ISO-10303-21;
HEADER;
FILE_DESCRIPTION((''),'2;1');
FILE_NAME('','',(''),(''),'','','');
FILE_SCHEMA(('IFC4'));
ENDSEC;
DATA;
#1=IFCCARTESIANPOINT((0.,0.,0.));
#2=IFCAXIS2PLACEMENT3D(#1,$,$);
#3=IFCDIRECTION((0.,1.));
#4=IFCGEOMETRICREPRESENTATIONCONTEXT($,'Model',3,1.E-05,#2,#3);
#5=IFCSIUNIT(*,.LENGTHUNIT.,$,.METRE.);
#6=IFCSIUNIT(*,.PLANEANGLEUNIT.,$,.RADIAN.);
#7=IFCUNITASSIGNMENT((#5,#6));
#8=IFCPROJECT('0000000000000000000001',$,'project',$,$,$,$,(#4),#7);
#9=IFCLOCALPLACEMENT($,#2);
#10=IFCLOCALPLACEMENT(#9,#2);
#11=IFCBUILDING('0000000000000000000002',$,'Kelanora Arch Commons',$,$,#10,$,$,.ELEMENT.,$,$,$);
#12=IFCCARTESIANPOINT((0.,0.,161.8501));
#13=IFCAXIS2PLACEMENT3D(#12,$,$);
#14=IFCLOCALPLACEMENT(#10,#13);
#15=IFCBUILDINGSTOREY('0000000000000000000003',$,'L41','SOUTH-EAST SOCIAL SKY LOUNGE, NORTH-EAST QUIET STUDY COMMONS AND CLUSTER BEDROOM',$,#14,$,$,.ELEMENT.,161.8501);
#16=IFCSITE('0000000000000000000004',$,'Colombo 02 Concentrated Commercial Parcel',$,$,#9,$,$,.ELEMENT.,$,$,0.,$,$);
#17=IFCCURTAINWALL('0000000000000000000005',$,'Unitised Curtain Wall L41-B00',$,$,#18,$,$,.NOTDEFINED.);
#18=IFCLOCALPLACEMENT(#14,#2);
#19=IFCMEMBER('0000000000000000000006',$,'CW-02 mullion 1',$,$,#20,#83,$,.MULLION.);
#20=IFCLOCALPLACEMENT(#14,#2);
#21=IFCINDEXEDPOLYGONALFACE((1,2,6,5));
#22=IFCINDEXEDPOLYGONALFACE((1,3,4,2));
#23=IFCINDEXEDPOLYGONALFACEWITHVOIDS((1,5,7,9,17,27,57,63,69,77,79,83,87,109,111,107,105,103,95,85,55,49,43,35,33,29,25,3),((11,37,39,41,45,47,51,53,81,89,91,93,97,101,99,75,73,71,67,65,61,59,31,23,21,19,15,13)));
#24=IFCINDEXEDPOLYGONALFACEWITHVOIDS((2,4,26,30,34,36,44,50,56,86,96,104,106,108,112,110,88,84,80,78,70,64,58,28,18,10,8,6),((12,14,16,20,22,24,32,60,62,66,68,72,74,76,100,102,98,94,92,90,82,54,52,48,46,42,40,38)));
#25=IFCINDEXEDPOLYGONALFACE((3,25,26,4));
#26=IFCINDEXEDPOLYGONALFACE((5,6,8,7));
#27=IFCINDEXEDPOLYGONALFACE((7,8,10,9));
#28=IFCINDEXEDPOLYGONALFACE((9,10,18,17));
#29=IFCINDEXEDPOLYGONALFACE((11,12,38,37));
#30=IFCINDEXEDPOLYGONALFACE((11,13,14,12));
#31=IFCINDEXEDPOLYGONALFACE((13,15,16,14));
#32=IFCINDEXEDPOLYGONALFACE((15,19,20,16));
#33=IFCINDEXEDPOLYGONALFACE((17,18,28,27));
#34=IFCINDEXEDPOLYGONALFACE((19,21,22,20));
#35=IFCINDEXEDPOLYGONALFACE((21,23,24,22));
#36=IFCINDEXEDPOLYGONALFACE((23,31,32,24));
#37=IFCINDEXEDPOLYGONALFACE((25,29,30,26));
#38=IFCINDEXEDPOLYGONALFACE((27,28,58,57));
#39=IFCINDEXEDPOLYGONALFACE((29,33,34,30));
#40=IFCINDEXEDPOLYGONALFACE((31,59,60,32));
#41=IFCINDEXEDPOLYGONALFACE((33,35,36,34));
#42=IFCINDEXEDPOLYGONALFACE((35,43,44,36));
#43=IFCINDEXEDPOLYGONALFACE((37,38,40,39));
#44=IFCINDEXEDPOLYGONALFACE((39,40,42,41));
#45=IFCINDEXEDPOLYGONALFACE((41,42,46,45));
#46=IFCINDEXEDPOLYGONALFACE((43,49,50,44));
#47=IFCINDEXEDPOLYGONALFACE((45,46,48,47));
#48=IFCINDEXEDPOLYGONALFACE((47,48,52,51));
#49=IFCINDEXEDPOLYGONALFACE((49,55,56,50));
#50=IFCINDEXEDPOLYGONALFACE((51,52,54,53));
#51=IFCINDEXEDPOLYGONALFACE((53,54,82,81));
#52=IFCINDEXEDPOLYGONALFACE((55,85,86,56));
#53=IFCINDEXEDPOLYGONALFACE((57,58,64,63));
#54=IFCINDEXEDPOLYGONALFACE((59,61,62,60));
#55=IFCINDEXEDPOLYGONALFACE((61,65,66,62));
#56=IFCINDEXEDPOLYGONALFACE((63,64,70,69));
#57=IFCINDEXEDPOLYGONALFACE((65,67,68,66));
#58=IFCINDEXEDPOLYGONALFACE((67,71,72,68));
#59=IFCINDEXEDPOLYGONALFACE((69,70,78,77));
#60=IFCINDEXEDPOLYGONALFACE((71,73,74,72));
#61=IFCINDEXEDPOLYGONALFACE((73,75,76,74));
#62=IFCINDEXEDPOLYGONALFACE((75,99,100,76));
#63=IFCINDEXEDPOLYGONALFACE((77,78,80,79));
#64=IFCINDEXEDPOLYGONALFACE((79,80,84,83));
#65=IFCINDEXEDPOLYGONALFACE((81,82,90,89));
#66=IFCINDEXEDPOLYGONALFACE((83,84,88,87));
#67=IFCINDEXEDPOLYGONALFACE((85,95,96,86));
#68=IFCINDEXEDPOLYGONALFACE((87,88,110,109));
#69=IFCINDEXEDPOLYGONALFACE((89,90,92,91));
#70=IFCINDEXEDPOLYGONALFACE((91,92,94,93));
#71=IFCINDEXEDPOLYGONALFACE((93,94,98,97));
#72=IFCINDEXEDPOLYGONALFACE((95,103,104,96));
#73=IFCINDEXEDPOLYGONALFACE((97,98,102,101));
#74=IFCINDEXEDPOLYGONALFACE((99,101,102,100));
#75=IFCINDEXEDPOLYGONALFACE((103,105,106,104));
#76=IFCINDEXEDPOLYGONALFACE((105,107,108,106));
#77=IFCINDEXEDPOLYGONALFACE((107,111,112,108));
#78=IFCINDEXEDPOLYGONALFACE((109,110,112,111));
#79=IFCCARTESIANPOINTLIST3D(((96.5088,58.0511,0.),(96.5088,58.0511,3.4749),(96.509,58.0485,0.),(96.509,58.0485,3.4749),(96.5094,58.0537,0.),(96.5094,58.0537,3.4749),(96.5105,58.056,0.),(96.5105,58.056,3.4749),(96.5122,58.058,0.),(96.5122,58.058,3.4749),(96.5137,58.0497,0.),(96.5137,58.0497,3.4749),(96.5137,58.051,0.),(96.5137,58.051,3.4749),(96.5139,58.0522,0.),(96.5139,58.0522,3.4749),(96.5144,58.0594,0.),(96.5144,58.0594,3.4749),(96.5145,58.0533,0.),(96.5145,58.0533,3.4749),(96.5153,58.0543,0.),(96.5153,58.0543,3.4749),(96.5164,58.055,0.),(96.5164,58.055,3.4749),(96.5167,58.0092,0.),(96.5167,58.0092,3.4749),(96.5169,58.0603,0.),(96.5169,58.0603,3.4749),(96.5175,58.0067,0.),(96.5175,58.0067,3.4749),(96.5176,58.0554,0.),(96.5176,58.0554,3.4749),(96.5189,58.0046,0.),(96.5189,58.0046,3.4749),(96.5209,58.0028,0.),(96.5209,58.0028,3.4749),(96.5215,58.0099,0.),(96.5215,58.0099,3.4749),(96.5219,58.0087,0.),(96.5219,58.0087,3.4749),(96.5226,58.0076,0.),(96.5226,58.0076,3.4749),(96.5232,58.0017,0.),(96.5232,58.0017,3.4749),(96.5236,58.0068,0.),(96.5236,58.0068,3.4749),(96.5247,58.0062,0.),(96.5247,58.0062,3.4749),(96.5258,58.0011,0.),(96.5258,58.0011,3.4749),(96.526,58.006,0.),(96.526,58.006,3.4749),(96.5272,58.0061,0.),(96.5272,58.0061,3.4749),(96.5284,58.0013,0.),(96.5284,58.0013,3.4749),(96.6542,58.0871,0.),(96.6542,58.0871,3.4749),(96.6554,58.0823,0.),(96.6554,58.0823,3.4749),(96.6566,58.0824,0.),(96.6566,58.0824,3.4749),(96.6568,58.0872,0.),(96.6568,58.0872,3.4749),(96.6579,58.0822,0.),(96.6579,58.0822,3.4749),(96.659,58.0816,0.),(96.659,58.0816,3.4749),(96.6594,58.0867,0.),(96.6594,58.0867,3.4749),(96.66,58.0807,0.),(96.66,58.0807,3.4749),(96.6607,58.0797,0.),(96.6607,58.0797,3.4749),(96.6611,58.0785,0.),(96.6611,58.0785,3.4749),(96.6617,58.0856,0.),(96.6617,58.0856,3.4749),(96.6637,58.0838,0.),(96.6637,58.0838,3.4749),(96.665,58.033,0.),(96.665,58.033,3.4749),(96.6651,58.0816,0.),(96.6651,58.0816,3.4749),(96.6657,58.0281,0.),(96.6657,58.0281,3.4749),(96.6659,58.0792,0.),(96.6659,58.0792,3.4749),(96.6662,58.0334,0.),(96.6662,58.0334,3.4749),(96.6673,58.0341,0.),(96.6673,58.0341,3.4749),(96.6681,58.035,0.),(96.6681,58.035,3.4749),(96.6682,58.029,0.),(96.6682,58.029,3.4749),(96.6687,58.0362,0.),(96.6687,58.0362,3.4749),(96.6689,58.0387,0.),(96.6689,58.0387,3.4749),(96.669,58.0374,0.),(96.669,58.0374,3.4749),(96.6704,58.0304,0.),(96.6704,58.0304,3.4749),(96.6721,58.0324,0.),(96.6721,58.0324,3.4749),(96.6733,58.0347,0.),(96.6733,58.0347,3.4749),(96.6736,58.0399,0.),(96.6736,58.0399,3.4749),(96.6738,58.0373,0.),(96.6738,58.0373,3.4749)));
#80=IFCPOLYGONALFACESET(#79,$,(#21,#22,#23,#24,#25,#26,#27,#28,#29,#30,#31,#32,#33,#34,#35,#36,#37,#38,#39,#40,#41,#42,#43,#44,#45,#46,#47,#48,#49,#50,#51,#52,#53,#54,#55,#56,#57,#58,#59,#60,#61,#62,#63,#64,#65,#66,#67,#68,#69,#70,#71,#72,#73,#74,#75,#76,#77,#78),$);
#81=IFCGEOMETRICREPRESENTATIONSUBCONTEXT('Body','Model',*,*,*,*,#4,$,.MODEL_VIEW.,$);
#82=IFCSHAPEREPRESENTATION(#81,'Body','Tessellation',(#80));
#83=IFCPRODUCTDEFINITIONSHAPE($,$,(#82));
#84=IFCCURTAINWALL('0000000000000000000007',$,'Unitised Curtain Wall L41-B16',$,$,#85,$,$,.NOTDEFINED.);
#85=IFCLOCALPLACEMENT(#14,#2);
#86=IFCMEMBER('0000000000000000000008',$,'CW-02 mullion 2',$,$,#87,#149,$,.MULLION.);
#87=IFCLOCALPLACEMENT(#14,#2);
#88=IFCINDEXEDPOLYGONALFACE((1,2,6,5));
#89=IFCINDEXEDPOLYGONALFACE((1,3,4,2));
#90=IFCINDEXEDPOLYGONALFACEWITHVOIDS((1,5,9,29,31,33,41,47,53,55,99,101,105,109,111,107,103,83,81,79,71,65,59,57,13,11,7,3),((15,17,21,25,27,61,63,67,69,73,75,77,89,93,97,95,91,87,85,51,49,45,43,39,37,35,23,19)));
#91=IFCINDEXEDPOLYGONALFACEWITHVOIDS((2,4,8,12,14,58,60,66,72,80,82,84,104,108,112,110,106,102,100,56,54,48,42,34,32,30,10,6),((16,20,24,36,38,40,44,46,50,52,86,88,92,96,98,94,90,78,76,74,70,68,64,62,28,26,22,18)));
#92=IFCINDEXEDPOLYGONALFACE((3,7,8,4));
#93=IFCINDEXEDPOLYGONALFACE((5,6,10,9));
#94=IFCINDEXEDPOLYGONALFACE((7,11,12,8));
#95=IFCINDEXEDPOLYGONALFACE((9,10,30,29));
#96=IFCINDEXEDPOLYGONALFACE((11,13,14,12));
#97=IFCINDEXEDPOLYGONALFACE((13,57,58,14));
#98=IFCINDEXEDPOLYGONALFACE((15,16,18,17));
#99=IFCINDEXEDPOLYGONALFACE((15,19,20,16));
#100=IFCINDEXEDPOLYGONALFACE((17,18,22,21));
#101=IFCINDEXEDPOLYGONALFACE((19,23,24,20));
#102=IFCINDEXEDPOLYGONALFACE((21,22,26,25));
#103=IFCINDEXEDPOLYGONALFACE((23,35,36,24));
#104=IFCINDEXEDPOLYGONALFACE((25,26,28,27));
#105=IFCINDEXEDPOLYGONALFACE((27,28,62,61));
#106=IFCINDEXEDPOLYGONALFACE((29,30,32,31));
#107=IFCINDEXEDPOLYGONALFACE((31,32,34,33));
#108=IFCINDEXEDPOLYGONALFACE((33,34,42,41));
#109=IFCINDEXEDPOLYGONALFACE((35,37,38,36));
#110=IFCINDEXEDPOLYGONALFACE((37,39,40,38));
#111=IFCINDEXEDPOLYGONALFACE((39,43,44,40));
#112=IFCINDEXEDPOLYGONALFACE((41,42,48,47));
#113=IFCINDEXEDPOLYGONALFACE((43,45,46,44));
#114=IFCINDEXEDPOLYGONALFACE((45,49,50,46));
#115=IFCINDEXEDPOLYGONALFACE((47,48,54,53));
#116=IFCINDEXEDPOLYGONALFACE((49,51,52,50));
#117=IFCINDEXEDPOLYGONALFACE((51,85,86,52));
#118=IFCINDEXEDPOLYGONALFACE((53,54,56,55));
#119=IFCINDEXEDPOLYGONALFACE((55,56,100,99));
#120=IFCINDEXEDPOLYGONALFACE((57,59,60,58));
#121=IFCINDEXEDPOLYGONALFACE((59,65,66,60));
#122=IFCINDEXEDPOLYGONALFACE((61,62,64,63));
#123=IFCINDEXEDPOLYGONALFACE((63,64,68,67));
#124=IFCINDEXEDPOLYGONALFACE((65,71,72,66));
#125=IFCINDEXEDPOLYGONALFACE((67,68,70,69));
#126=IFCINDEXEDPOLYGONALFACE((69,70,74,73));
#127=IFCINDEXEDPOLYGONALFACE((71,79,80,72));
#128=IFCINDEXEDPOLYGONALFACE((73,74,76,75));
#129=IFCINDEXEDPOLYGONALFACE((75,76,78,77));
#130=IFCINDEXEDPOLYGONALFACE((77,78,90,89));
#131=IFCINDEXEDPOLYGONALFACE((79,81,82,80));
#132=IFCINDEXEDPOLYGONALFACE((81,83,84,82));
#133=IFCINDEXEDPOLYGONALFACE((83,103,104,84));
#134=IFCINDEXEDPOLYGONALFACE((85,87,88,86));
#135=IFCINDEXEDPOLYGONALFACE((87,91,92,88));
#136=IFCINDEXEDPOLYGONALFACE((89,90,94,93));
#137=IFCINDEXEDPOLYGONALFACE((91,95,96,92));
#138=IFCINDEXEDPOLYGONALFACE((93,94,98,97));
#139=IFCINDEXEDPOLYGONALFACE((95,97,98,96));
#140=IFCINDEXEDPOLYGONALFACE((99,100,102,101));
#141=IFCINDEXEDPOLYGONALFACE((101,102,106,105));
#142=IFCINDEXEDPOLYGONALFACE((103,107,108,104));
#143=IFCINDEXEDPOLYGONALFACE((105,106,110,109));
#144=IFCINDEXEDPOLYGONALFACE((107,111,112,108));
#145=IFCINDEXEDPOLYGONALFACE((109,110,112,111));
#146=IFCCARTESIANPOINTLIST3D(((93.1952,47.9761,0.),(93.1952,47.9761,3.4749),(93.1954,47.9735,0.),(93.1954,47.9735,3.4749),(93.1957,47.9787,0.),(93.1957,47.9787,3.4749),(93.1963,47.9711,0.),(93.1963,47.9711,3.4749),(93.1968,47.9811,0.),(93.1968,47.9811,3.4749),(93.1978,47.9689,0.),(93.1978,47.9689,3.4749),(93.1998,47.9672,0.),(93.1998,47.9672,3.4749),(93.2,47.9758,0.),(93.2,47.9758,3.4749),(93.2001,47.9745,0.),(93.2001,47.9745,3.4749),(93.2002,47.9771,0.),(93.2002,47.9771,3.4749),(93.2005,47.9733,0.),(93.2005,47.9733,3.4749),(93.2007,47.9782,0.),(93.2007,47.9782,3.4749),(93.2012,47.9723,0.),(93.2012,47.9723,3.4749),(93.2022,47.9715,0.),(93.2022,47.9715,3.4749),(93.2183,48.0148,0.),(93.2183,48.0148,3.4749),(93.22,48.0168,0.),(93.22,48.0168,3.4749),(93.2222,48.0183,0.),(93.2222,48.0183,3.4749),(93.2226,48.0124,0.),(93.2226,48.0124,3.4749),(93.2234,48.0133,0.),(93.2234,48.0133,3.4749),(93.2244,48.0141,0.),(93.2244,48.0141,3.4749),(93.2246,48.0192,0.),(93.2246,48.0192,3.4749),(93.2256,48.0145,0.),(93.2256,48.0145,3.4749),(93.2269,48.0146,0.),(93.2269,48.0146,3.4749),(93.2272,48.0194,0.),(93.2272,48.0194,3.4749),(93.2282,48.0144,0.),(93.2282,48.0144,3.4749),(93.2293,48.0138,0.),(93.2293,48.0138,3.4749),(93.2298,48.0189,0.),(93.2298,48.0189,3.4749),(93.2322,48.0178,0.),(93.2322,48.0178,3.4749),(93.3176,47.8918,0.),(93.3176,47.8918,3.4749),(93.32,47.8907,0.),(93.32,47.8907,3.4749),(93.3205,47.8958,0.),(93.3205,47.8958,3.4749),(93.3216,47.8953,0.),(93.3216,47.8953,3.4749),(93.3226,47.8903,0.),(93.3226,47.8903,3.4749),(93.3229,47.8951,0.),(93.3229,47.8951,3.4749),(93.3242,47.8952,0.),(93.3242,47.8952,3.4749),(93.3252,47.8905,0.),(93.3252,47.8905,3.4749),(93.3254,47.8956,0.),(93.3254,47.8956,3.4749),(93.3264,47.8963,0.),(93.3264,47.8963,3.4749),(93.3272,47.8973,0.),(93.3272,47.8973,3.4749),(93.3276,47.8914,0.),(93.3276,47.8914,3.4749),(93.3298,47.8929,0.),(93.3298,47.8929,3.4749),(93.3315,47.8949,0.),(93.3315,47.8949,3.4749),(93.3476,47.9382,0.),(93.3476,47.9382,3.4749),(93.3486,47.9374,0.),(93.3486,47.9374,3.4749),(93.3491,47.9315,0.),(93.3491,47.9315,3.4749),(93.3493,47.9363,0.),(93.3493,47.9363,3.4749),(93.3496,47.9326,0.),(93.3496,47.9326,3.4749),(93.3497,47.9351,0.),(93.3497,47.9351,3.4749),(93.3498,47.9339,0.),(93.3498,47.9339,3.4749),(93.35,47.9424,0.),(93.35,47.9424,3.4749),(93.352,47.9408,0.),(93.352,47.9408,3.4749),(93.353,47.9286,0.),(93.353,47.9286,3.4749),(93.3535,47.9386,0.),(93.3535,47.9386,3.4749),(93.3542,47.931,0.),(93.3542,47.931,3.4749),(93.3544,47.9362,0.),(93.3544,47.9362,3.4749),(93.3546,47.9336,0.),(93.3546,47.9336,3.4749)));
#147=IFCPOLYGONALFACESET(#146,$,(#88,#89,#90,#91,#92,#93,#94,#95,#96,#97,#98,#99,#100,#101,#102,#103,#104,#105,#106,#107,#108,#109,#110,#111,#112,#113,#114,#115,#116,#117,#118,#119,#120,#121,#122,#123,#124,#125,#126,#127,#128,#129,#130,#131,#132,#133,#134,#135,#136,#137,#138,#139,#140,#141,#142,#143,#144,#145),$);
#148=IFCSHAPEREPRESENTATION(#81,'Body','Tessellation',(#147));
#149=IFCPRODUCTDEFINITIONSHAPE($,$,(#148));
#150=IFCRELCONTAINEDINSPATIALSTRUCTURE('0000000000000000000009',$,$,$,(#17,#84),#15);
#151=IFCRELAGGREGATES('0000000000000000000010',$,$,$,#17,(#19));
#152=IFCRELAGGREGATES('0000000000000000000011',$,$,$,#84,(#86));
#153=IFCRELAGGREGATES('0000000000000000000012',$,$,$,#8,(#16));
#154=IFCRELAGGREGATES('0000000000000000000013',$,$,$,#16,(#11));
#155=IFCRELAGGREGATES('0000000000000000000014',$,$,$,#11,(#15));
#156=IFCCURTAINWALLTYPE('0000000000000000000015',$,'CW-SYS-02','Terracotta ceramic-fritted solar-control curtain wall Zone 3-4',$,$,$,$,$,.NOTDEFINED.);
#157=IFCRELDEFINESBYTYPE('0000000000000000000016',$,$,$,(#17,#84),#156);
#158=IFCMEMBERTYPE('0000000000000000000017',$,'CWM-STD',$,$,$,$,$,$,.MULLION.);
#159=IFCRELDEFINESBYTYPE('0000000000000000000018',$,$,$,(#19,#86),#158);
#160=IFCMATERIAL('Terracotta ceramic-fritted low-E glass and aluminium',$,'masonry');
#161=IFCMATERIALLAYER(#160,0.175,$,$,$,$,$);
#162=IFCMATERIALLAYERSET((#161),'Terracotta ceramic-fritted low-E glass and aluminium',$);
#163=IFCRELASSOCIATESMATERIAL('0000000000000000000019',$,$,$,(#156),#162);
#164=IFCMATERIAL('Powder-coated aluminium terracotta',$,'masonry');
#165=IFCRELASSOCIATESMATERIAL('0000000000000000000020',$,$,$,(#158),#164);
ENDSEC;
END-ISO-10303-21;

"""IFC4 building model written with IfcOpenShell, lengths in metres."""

from ifc_helpers import new_model, si_unit, direction, frame, origin, origin_2d, place, context, subcontext, project, spatial, hollow_rectangle, extrude, material, layer, layer_set, material_profile, profile_set, type_object, element, aggregate, save


model = new_model("IFC4")

# Units and contexts
model_context = context("Model", 3, precision=1e-05, world=origin(), true_north=direction((0.0, 1.0)))
body_context = subcontext(model_context, "Body", "Model", "MODEL_VIEW")
ifc_project = project(units=[si_unit("LENGTHUNIT", "METRE"), si_unit("PLANEANGLEUNIT", "RADIAN")], contexts=[model_context])

# Site, building, storey
site_placement = place(None, origin())
site = spatial("IfcSite", under=ifc_project, at=site_placement, Name="Colombo 02 Concentrated Commercial Parcel", CompositionType="ELEMENT", RefElevation=0.0)
building_placement = place(site_placement, origin())
building = spatial("IfcBuilding", under=site, at=building_placement, Name="Kelanora Arch Commons", CompositionType="ELEMENT")
storey_placement = place(building_placement, frame((0.0, 0.0, 161.8501)))
storey = spatial("IfcBuildingStorey", under=building, at=storey_placement, Name="L41", Description="SOUTH-EAST SOCIAL SKY LOUNGE, NORTH-EAST QUIET STUDY COMMONS AND CLUSTER BEDROOM", CompositionType="ELEMENT", Elevation=161.8501)

# Curtain wall, member
ifc_material_1 = material(Name="Terracotta ceramic-fritted low-E glass and aluminium", Category="masonry")
ifc_layer_1 = layer(ifc_material_1, 0.175)
ifc_layer_set_1 = layer_set([ifc_layer_1], Name="Terracotta ceramic-fritted low-E glass and aluminium")
curtain_wall_type = type_object("IfcCurtainWallType", Name="CW-SYS-02", Description="Terracotta ceramic-fritted solar-control curtain wall Zone 3-4", PredefinedType="NOTDEFINED", material=ifc_layer_set_1)
curtain_wall_1_placement = place(storey_placement, origin())
curtain_wall_1 = element("IfcCurtainWall", 1, at=curtain_wall_1_placement, inside=storey, type_object=curtain_wall_type, Name="Unitised Curtain Wall L41-B00", PredefinedType="NOTDEFINED")
ifc_material_2 = material(Name="Powder-coated aluminium terracotta", Category="masonry")
ifc_material_profile_1 = material_profile(ifc_material_2, hollow_rectangle(XDim=0.1599, YDim=0.0601, WallThickness=0.0049, InnerFilletRadius=0.0049, OuterFilletRadius=0.01, at=origin_2d()), Name="CWM160x60")
ifc_profile_set_1 = profile_set([ifc_material_profile_1], Name="Powder-coated aluminium terracotta")
member_type_1 = type_object("IfcMemberType", Name="CWM-STD", PredefinedType="MULLION", material=ifc_profile_set_1)
member_1_placement = place(storey_placement, frame((96.5913, 58.0442, 0.0), z_axis=(0.0, 0.0, 1.0), x_axis=(-0.981453, -0.191705, 0.0)))
member_1 = element("IfcMember", 2, at=member_1_placement, type_object=member_type_1, Name="CW-02 mullion 1", PredefinedType="MULLION", context=body_context, shape_type="SweptSolid", body=[
    extrude(hollow_rectangle(XDim=0.1599, YDim=0.0601, WallThickness=0.0049, InnerFilletRadius=0.0049, OuterFilletRadius=0.01, at=origin_2d()), origin(), (0.0, 0.0, 1.0), 3.4749),
])
aggregate(curtain_wall_1, [member_1])

# Curtain wall, member
curtain_wall_2_placement = place(storey_placement, origin())
curtain_wall_2 = element("IfcCurtainWall", 3, at=curtain_wall_2_placement, inside=storey, type_object=curtain_wall_type, Name="Unitised Curtain Wall L41-B16", PredefinedType="NOTDEFINED")
member_2_placement = place(storey_placement, frame((93.2749, 47.9548, 0.0), z_axis=(0.0, 0.0, 1.0), x_axis=(-0.842423, 0.538817, 0.0)))
member_2 = element("IfcMember", 4, at=member_2_placement, type_object=member_type_1, Name="CW-02 mullion 2", PredefinedType="MULLION", context=body_context, shape_type="SweptSolid", body=[
    extrude(hollow_rectangle(XDim=0.1599, YDim=0.0601, WallThickness=0.0049, InnerFilletRadius=0.0049, OuterFilletRadius=0.01, at=origin_2d()), origin(), (0.0, 0.0, 1.0), 3.4749),
])
aggregate(curtain_wall_2, [member_2])

save(model, "model.ifc")
